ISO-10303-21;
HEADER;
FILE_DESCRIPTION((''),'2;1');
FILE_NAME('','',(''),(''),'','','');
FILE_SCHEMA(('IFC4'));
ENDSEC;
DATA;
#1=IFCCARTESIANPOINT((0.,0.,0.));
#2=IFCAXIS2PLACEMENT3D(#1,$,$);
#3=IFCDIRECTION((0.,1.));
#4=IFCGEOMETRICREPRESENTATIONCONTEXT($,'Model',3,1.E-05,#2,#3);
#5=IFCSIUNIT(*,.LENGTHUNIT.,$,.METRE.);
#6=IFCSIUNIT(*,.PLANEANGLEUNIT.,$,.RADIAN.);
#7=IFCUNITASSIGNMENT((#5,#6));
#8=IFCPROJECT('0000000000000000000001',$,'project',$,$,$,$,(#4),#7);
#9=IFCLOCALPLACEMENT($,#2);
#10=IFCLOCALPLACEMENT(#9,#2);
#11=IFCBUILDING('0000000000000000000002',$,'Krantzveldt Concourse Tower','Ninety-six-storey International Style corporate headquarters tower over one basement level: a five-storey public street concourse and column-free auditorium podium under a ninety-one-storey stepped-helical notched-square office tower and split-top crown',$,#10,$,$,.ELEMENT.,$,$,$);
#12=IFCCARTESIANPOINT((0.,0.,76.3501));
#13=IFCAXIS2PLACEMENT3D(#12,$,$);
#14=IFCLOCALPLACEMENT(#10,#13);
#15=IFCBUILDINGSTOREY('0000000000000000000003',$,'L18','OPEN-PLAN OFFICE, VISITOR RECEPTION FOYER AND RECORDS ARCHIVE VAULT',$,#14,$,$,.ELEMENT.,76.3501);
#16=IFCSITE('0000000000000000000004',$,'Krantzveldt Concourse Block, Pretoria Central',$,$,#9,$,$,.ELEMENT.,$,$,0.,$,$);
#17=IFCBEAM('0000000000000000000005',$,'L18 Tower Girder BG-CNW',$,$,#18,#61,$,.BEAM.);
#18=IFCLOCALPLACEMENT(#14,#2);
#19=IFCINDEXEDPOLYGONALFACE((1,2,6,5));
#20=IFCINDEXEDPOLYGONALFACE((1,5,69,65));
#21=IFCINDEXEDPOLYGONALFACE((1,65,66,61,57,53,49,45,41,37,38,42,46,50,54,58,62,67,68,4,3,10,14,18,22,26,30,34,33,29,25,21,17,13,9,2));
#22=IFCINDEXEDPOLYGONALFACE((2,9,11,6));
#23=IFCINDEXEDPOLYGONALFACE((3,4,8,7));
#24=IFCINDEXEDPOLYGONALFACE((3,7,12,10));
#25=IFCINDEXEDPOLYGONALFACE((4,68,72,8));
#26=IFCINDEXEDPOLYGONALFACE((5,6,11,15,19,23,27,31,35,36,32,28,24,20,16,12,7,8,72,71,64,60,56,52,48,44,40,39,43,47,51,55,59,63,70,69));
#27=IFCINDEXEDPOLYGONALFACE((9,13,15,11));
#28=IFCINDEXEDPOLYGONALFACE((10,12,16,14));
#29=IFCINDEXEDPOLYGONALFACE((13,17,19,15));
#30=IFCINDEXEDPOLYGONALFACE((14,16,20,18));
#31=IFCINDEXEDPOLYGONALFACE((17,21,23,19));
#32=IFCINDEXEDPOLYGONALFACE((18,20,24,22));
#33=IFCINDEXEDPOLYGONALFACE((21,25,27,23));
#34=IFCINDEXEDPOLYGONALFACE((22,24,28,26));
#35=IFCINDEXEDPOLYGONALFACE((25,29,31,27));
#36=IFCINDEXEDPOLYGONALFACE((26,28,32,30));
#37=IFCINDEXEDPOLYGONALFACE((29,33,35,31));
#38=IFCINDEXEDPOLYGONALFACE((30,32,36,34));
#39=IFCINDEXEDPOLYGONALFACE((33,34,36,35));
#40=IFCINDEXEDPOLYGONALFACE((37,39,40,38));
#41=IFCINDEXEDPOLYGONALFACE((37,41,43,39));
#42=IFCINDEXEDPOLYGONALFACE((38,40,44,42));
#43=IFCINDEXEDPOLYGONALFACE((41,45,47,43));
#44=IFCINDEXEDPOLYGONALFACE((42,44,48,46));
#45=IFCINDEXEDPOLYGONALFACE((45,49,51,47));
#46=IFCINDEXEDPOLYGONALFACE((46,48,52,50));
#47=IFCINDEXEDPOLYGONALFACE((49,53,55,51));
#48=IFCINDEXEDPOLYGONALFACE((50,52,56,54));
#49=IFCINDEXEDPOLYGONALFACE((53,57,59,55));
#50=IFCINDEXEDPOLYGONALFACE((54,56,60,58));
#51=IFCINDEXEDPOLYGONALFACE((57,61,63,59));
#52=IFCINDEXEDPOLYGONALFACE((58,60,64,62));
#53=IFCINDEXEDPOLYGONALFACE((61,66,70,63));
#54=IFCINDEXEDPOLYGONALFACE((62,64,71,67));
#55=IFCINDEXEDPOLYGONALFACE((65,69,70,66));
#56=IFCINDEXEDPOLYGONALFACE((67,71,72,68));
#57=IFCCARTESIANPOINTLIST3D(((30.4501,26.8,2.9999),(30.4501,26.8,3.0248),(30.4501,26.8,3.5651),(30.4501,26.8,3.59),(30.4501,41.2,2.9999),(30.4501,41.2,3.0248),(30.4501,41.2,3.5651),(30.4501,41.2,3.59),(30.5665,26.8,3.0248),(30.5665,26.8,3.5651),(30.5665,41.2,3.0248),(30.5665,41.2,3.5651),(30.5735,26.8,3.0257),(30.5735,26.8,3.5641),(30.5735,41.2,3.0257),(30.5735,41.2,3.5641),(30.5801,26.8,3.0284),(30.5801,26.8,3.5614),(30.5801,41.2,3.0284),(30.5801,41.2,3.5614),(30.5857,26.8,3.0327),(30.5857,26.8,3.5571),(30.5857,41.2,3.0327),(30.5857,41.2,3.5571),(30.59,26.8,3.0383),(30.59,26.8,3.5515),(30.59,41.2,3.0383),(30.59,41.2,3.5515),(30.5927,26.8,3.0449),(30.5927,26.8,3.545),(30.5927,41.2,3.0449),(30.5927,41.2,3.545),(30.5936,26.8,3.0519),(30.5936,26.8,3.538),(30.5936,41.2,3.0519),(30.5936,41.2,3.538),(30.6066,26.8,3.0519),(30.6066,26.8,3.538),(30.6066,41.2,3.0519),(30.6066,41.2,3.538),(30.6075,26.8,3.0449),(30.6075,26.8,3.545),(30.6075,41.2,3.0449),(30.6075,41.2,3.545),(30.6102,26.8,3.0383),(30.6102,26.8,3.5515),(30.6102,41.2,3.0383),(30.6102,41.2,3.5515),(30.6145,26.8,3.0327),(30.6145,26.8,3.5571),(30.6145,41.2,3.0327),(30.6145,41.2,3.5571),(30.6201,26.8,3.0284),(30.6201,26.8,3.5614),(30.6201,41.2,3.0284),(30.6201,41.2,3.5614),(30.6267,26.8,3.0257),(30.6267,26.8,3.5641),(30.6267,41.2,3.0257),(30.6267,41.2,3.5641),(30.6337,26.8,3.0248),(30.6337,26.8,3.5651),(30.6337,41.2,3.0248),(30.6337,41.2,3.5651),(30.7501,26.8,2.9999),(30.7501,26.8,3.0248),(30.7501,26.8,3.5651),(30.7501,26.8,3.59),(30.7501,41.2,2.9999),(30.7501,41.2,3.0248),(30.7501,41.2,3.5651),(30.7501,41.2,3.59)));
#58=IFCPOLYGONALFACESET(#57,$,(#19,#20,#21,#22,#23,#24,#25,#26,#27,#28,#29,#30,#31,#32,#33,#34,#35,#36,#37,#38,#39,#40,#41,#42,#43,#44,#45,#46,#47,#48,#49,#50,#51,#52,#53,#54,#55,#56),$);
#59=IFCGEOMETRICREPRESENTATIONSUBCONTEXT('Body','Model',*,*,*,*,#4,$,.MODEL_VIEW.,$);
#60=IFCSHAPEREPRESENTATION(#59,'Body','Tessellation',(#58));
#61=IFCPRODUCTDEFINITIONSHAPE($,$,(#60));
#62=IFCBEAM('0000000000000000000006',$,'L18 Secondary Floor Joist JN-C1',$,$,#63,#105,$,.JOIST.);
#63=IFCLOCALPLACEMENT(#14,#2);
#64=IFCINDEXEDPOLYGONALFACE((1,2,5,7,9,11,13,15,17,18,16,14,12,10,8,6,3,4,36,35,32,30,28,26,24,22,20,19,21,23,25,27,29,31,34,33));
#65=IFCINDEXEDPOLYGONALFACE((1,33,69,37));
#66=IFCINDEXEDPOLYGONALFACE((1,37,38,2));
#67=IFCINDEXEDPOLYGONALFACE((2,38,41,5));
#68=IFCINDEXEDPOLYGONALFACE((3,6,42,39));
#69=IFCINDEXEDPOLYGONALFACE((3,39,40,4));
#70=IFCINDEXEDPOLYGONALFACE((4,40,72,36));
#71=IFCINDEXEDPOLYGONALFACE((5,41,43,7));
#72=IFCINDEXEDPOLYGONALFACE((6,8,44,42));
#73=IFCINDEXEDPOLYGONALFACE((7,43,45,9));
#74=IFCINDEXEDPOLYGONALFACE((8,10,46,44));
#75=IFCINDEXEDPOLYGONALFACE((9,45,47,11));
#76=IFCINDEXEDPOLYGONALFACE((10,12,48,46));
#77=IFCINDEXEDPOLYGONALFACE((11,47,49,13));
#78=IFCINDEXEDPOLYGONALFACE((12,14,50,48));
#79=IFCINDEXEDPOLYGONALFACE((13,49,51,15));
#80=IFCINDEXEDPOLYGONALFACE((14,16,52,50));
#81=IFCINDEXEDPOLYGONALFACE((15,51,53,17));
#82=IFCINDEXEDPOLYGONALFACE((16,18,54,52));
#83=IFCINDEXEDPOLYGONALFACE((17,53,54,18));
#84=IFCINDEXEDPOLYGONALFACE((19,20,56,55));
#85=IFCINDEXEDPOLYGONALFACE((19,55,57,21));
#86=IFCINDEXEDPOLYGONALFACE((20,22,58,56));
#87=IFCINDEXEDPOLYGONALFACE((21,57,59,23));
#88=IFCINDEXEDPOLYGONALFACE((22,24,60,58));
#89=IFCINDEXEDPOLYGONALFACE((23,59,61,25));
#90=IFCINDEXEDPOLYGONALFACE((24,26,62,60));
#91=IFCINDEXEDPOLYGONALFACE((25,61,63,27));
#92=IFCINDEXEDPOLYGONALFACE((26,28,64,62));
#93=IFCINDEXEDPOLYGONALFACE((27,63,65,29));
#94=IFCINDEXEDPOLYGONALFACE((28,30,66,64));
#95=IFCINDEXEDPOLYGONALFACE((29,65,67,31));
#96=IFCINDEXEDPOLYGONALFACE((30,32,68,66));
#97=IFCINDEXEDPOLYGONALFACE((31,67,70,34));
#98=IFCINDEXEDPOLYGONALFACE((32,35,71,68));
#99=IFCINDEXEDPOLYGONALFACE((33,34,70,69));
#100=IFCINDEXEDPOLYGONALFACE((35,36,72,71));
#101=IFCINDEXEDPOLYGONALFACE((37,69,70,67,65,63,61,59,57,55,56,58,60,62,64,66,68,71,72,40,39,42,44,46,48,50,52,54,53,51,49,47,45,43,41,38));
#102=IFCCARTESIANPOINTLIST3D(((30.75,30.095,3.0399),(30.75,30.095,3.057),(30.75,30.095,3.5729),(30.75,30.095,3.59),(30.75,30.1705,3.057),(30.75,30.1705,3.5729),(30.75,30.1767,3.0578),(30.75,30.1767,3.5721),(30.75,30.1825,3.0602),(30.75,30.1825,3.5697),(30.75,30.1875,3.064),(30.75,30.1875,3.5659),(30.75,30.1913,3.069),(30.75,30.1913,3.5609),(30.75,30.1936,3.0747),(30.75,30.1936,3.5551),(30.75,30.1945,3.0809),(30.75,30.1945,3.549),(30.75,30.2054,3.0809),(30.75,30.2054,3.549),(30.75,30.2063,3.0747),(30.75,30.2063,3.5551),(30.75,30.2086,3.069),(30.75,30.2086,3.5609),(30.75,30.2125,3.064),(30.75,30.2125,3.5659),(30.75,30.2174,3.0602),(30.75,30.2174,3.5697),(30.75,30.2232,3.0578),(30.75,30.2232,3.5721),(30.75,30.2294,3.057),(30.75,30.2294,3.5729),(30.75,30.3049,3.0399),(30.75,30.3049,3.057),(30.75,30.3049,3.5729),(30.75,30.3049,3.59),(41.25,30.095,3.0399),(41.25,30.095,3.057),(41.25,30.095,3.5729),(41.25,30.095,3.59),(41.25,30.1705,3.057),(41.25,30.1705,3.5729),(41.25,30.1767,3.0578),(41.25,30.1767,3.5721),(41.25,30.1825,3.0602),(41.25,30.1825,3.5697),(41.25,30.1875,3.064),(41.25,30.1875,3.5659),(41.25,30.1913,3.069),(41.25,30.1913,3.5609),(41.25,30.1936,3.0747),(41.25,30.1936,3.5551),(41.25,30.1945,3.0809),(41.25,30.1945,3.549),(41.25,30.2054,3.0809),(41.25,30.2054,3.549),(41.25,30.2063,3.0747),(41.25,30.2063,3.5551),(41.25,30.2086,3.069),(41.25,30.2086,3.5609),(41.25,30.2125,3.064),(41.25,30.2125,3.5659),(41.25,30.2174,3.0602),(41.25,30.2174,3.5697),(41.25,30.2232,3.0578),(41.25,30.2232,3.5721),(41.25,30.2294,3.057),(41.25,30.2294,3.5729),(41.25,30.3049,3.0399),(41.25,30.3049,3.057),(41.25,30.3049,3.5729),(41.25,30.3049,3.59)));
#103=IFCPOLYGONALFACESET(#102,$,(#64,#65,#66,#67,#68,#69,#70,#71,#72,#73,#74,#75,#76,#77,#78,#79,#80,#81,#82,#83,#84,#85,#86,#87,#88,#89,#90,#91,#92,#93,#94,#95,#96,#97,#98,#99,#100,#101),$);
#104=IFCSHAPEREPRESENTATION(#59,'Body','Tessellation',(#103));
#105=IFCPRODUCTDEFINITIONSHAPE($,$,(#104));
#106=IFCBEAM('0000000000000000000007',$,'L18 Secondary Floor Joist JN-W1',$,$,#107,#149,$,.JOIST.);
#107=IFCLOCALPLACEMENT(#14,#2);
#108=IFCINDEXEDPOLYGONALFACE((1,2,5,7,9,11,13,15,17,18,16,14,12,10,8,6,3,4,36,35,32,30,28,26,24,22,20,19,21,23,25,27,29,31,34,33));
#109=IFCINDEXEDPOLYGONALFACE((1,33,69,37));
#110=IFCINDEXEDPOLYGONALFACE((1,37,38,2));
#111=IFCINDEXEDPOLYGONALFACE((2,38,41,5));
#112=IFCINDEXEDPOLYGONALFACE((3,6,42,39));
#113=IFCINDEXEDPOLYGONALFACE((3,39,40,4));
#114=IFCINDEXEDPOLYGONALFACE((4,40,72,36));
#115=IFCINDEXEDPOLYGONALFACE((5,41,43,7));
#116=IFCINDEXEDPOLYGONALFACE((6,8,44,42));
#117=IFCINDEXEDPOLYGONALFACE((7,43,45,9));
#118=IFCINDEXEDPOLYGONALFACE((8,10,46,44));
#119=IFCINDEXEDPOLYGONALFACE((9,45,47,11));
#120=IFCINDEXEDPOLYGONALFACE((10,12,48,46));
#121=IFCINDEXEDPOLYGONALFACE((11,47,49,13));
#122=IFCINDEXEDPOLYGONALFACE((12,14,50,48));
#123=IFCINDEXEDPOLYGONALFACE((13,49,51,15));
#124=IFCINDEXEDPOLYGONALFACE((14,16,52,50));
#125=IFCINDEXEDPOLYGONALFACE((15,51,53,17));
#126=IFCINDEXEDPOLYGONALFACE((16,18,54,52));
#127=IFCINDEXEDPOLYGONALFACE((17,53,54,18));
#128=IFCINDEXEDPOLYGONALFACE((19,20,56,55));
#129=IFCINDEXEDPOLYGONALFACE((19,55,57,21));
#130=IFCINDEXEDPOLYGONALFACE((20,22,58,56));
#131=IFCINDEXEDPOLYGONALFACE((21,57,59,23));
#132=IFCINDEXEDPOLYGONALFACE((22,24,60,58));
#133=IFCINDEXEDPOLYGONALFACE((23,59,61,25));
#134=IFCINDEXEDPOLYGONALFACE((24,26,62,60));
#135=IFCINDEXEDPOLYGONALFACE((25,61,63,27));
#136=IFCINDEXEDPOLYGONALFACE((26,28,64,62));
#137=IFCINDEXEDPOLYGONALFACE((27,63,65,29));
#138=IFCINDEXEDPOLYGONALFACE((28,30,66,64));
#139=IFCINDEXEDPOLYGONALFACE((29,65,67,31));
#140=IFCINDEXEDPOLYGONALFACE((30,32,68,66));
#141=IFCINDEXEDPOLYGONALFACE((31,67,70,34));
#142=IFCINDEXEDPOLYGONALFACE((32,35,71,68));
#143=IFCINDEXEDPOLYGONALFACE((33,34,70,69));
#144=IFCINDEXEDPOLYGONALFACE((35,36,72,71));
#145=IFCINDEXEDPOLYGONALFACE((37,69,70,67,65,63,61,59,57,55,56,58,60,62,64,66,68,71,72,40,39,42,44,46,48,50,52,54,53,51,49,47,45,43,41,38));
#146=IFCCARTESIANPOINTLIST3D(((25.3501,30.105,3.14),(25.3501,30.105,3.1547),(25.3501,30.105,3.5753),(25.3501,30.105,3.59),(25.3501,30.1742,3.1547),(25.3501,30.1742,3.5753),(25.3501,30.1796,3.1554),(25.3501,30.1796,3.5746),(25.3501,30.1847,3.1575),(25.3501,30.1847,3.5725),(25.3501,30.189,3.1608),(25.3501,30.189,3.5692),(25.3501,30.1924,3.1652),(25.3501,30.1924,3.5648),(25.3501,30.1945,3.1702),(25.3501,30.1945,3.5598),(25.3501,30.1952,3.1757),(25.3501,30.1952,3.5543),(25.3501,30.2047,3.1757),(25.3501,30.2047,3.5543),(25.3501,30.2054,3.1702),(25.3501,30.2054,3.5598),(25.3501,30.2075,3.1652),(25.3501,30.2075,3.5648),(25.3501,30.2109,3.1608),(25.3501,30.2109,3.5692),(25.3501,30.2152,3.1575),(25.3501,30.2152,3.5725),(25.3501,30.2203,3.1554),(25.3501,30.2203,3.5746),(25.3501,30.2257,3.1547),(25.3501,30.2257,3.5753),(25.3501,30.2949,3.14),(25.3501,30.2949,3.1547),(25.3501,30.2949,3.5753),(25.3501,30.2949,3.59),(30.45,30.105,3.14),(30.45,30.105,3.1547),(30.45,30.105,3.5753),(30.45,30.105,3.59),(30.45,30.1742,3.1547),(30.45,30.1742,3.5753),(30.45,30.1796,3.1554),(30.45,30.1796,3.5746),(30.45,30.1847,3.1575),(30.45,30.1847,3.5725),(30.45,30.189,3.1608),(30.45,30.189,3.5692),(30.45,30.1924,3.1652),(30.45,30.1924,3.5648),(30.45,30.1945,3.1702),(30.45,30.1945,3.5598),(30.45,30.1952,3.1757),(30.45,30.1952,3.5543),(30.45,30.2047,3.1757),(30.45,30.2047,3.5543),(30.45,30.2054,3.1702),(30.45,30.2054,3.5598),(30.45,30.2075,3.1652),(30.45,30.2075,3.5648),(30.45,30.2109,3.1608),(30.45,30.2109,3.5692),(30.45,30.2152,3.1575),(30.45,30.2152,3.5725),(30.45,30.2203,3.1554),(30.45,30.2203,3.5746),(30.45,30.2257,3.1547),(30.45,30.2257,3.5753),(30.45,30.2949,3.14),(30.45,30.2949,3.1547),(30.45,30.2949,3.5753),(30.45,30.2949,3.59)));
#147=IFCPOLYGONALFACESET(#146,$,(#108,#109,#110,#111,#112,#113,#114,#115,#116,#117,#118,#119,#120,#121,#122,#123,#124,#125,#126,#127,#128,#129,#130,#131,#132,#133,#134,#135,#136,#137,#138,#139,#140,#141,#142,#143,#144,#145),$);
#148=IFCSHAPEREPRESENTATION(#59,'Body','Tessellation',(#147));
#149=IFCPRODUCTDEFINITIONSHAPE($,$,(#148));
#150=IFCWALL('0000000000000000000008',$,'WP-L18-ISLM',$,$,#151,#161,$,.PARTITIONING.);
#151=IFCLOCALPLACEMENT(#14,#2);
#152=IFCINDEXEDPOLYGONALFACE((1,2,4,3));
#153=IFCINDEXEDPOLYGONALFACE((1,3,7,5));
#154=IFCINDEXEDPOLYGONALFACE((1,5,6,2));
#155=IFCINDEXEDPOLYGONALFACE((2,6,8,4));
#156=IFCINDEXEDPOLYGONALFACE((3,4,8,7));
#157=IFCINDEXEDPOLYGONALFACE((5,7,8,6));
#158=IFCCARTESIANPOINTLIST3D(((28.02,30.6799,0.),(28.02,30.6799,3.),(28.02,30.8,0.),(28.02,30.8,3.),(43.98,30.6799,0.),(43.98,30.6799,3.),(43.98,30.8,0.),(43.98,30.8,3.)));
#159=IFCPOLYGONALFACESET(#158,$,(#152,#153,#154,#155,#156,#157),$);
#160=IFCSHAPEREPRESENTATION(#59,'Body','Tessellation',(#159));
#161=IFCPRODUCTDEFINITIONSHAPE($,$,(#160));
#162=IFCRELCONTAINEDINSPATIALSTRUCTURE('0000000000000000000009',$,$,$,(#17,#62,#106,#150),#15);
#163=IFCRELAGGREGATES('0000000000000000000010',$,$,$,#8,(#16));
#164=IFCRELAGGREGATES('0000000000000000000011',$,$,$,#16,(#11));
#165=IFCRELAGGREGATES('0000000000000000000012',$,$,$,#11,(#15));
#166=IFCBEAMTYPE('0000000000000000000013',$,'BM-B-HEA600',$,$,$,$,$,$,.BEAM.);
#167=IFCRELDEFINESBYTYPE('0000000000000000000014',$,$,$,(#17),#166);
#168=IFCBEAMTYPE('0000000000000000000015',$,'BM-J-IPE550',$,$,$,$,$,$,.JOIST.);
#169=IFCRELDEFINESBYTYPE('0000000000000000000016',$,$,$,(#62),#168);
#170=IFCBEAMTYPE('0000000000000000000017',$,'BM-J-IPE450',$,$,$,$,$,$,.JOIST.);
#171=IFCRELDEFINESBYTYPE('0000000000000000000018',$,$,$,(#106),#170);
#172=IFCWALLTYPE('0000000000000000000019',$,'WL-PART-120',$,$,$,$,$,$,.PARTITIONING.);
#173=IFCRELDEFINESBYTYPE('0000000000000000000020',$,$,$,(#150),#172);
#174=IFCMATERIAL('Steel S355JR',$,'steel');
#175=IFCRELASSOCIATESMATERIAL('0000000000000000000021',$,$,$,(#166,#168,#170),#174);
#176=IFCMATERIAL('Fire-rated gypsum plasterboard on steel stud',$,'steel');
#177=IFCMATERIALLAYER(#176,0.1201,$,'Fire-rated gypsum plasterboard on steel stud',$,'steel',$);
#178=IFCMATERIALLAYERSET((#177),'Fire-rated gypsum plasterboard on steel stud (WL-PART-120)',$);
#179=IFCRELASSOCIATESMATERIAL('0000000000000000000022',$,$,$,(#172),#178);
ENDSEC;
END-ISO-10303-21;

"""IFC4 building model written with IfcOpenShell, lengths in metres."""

from ifc_helpers import new_model, si_unit, direction, frame, frame_2d, origin, origin_2d, place, context, subcontext, project, spatial, rectangle, i_section, extrude, source, transform, mapped, material, layer, layer_set, material_profile, profile_set, type_object, type_shapes, element, save


model = new_model("IFC4")

# Units and contexts
model_context = context("Model", 3, precision=1e-05, world=origin(), true_north=direction((0.0, 1.0)))
body_context = subcontext(model_context, "Body", "Model", "MODEL_VIEW")
ifc_project = project(units=[si_unit("LENGTHUNIT", "METRE"), si_unit("PLANEANGLEUNIT", "RADIAN")], contexts=[model_context])

# Site, building, storey
site_placement = place(None, origin())
site = spatial("IfcSite", under=ifc_project, at=site_placement, Name="Krantzveldt Concourse Block, Pretoria Central", CompositionType="ELEMENT", RefElevation=0.0)
building_placement = place(site_placement, origin())
building = spatial("IfcBuilding", under=site, at=building_placement, Name="Krantzveldt Concourse Tower", Description="Ninety-six-storey International Style corporate headquarters tower over one basement level: a five-storey public street concourse and column-free auditorium podium under a ninety-one-storey stepped-helical notched-square office tower and split-top crown", CompositionType="ELEMENT")
storey_placement = place(building_placement, frame((0.0, 0.0, 76.3501)))
storey = spatial("IfcBuildingStorey", under=building, at=storey_placement, Name="L18", Description="OPEN-PLAN OFFICE, VISITOR RECEPTION FOYER AND RECORDS ARCHIVE VAULT", CompositionType="ELEMENT", Elevation=76.3501)

# Beams
ifc_material_1 = material(Name="Steel S355JR", Category="steel")
ifc_material_profile_1 = material_profile(ifc_material_1, i_section(OverallWidth=0.3, OverallDepth=0.5901, WebThickness=0.0129, FlangeThickness=0.0249, FilletRadius=0.0271, at=origin_2d()), Name="Steel S355JR", Category="steel")
ifc_profile_set_1 = profile_set([ifc_material_profile_1], Name="Steel S355JR - HEA 600")
beam_type_1 = type_object("IfcBeamType", Name="BM-B-HEA600", PredefinedType="BEAM", material=ifc_profile_set_1)
shared_shape_1 = source(origin(), body_context, "Body", "SweptSolid", [
    extrude(i_section(OverallWidth=0.3, OverallDepth=0.5901, WebThickness=0.0129, FlangeThickness=0.0249, FilletRadius=0.0271, at=origin_2d()), origin(), (0.0, 0.0, 1.0), 14.3999),
])
type_shapes(beam_type_1, [shared_shape_1])
beam_1_placement = place(storey_placement, frame((30.6001, 26.8, 3.2949), z_axis=(0.0, 1.0, 0.0), x_axis=(-1.0, 0.0, 0.0)))
element("IfcBeam", 1, at=beam_1_placement, inside=storey, type_object=beam_type_1, Name="L18 Tower Girder BG-CNW", PredefinedType="BEAM", context=body_context, shape_type="MappedRepresentation", body=[
    mapped(shared_shape_1, transform((0.0, 0.0, 0.0), x_axis=(1.0, 0.0, 0.0), y_axis=(0.0, 1.0, 0.0), z_axis=(0.0, 0.0, 1.0), scale=1.0)),
])
ifc_material_profile_2 = material_profile(ifc_material_1, i_section(OverallWidth=0.21, OverallDepth=0.55, WebThickness=0.011, FlangeThickness=0.0171, FilletRadius=0.0239, at=origin_2d()), Name="Steel S355JR", Category="steel")
ifc_profile_set_2 = profile_set([ifc_material_profile_2], Name="Steel S355JR - IPE 550")
beam_type_2 = type_object("IfcBeamType", Name="BM-J-IPE550", PredefinedType="JOIST", material=ifc_profile_set_2)
shared_shape_2 = source(origin(), body_context, "Body", "SweptSolid", [
    extrude(i_section(OverallWidth=0.21, OverallDepth=0.55, WebThickness=0.011, FlangeThickness=0.0171, FilletRadius=0.0239, at=origin_2d()), origin(), (0.0, 0.0, 1.0), 10.5),
])
type_shapes(beam_type_2, [shared_shape_2])
beam_2_placement = place(storey_placement, frame((30.75, 30.2, 3.3149), z_axis=(1.0, 0.0, 0.0), x_axis=(0.0, 1.0, 0.0)))
element("IfcBeam", 2, at=beam_2_placement, inside=storey, type_object=beam_type_2, Name="L18 Secondary Floor Joist JN-C1", PredefinedType="JOIST", context=body_context, shape_type="MappedRepresentation", body=[
    mapped(shared_shape_2, transform((0.0, 0.0, 0.0), x_axis=(1.0, 0.0, 0.0), y_axis=(0.0, 1.0, 0.0), z_axis=(0.0, 0.0, 1.0), scale=1.0)),
])
ifc_material_profile_3 = material_profile(ifc_material_1, i_section(OverallWidth=0.1899, OverallDepth=0.45, WebThickness=0.0095, FlangeThickness=0.0146, FilletRadius=0.021, at=origin_2d()), Name="Steel S355JR", Category="steel")
ifc_profile_set_3 = profile_set([ifc_material_profile_3], Name="Steel S355JR - IPE 450")
beam_type_3 = type_object("IfcBeamType", Name="BM-J-IPE450", PredefinedType="JOIST", material=ifc_profile_set_3)
shared_shape_3 = source(origin(), body_context, "Body", "SweptSolid", [
    extrude(i_section(OverallWidth=0.1899, OverallDepth=0.45, WebThickness=0.0095, FlangeThickness=0.0146, FilletRadius=0.021, at=origin_2d()), origin(), (0.0, 0.0, 1.0), 5.0999),
])
type_shapes(beam_type_3, [shared_shape_3])
beam_3_placement = place(storey_placement, frame((25.3501, 30.2, 3.365), z_axis=(1.0, 0.0, 0.0), x_axis=(0.0, 1.0, 0.0)))
element("IfcBeam", 3, at=beam_3_placement, inside=storey, type_object=beam_type_3, Name="L18 Secondary Floor Joist JN-W1", PredefinedType="JOIST", context=body_context, shape_type="MappedRepresentation", body=[
    mapped(shared_shape_3, transform((0.0, 0.0, 0.0), x_axis=(1.0, 0.0, 0.0), y_axis=(0.0, 1.0, 0.0), z_axis=(0.0, 0.0, 1.0), scale=1.0)),
])

# Wall
ifc_material_2 = material(Name="Fire-rated gypsum plasterboard on steel stud", Category="steel")
ifc_layer_1 = layer(ifc_material_2, 0.1201, Name="Fire-rated gypsum plasterboard on steel stud", Category="steel")
ifc_layer_set_1 = layer_set([ifc_layer_1], Name="Fire-rated gypsum plasterboard on steel stud (WL-PART-120)")
wall_type_1 = type_object("IfcWallType", Name="WL-PART-120", PredefinedType="PARTITIONING", material=ifc_layer_set_1)
wall_1_placement = place(storey_placement, frame((28.02, 30.74, 0.0), z_axis=(0.0, 0.0, 1.0), x_axis=(1.0, 0.0, 0.0)))
element("IfcWall", 4, at=wall_1_placement, inside=storey, type_object=wall_type_1, Name="WP-L18-ISLM", PredefinedType="PARTITIONING", context=body_context, shape_type="SweptSolid", body=[
    extrude(rectangle(XDim=15.96, YDim=0.1201, at=frame_2d((7.98, 0.0))), origin(), (0.0, 0.0, 1.0), 3.0),
])

save(model, "model.ifc")
